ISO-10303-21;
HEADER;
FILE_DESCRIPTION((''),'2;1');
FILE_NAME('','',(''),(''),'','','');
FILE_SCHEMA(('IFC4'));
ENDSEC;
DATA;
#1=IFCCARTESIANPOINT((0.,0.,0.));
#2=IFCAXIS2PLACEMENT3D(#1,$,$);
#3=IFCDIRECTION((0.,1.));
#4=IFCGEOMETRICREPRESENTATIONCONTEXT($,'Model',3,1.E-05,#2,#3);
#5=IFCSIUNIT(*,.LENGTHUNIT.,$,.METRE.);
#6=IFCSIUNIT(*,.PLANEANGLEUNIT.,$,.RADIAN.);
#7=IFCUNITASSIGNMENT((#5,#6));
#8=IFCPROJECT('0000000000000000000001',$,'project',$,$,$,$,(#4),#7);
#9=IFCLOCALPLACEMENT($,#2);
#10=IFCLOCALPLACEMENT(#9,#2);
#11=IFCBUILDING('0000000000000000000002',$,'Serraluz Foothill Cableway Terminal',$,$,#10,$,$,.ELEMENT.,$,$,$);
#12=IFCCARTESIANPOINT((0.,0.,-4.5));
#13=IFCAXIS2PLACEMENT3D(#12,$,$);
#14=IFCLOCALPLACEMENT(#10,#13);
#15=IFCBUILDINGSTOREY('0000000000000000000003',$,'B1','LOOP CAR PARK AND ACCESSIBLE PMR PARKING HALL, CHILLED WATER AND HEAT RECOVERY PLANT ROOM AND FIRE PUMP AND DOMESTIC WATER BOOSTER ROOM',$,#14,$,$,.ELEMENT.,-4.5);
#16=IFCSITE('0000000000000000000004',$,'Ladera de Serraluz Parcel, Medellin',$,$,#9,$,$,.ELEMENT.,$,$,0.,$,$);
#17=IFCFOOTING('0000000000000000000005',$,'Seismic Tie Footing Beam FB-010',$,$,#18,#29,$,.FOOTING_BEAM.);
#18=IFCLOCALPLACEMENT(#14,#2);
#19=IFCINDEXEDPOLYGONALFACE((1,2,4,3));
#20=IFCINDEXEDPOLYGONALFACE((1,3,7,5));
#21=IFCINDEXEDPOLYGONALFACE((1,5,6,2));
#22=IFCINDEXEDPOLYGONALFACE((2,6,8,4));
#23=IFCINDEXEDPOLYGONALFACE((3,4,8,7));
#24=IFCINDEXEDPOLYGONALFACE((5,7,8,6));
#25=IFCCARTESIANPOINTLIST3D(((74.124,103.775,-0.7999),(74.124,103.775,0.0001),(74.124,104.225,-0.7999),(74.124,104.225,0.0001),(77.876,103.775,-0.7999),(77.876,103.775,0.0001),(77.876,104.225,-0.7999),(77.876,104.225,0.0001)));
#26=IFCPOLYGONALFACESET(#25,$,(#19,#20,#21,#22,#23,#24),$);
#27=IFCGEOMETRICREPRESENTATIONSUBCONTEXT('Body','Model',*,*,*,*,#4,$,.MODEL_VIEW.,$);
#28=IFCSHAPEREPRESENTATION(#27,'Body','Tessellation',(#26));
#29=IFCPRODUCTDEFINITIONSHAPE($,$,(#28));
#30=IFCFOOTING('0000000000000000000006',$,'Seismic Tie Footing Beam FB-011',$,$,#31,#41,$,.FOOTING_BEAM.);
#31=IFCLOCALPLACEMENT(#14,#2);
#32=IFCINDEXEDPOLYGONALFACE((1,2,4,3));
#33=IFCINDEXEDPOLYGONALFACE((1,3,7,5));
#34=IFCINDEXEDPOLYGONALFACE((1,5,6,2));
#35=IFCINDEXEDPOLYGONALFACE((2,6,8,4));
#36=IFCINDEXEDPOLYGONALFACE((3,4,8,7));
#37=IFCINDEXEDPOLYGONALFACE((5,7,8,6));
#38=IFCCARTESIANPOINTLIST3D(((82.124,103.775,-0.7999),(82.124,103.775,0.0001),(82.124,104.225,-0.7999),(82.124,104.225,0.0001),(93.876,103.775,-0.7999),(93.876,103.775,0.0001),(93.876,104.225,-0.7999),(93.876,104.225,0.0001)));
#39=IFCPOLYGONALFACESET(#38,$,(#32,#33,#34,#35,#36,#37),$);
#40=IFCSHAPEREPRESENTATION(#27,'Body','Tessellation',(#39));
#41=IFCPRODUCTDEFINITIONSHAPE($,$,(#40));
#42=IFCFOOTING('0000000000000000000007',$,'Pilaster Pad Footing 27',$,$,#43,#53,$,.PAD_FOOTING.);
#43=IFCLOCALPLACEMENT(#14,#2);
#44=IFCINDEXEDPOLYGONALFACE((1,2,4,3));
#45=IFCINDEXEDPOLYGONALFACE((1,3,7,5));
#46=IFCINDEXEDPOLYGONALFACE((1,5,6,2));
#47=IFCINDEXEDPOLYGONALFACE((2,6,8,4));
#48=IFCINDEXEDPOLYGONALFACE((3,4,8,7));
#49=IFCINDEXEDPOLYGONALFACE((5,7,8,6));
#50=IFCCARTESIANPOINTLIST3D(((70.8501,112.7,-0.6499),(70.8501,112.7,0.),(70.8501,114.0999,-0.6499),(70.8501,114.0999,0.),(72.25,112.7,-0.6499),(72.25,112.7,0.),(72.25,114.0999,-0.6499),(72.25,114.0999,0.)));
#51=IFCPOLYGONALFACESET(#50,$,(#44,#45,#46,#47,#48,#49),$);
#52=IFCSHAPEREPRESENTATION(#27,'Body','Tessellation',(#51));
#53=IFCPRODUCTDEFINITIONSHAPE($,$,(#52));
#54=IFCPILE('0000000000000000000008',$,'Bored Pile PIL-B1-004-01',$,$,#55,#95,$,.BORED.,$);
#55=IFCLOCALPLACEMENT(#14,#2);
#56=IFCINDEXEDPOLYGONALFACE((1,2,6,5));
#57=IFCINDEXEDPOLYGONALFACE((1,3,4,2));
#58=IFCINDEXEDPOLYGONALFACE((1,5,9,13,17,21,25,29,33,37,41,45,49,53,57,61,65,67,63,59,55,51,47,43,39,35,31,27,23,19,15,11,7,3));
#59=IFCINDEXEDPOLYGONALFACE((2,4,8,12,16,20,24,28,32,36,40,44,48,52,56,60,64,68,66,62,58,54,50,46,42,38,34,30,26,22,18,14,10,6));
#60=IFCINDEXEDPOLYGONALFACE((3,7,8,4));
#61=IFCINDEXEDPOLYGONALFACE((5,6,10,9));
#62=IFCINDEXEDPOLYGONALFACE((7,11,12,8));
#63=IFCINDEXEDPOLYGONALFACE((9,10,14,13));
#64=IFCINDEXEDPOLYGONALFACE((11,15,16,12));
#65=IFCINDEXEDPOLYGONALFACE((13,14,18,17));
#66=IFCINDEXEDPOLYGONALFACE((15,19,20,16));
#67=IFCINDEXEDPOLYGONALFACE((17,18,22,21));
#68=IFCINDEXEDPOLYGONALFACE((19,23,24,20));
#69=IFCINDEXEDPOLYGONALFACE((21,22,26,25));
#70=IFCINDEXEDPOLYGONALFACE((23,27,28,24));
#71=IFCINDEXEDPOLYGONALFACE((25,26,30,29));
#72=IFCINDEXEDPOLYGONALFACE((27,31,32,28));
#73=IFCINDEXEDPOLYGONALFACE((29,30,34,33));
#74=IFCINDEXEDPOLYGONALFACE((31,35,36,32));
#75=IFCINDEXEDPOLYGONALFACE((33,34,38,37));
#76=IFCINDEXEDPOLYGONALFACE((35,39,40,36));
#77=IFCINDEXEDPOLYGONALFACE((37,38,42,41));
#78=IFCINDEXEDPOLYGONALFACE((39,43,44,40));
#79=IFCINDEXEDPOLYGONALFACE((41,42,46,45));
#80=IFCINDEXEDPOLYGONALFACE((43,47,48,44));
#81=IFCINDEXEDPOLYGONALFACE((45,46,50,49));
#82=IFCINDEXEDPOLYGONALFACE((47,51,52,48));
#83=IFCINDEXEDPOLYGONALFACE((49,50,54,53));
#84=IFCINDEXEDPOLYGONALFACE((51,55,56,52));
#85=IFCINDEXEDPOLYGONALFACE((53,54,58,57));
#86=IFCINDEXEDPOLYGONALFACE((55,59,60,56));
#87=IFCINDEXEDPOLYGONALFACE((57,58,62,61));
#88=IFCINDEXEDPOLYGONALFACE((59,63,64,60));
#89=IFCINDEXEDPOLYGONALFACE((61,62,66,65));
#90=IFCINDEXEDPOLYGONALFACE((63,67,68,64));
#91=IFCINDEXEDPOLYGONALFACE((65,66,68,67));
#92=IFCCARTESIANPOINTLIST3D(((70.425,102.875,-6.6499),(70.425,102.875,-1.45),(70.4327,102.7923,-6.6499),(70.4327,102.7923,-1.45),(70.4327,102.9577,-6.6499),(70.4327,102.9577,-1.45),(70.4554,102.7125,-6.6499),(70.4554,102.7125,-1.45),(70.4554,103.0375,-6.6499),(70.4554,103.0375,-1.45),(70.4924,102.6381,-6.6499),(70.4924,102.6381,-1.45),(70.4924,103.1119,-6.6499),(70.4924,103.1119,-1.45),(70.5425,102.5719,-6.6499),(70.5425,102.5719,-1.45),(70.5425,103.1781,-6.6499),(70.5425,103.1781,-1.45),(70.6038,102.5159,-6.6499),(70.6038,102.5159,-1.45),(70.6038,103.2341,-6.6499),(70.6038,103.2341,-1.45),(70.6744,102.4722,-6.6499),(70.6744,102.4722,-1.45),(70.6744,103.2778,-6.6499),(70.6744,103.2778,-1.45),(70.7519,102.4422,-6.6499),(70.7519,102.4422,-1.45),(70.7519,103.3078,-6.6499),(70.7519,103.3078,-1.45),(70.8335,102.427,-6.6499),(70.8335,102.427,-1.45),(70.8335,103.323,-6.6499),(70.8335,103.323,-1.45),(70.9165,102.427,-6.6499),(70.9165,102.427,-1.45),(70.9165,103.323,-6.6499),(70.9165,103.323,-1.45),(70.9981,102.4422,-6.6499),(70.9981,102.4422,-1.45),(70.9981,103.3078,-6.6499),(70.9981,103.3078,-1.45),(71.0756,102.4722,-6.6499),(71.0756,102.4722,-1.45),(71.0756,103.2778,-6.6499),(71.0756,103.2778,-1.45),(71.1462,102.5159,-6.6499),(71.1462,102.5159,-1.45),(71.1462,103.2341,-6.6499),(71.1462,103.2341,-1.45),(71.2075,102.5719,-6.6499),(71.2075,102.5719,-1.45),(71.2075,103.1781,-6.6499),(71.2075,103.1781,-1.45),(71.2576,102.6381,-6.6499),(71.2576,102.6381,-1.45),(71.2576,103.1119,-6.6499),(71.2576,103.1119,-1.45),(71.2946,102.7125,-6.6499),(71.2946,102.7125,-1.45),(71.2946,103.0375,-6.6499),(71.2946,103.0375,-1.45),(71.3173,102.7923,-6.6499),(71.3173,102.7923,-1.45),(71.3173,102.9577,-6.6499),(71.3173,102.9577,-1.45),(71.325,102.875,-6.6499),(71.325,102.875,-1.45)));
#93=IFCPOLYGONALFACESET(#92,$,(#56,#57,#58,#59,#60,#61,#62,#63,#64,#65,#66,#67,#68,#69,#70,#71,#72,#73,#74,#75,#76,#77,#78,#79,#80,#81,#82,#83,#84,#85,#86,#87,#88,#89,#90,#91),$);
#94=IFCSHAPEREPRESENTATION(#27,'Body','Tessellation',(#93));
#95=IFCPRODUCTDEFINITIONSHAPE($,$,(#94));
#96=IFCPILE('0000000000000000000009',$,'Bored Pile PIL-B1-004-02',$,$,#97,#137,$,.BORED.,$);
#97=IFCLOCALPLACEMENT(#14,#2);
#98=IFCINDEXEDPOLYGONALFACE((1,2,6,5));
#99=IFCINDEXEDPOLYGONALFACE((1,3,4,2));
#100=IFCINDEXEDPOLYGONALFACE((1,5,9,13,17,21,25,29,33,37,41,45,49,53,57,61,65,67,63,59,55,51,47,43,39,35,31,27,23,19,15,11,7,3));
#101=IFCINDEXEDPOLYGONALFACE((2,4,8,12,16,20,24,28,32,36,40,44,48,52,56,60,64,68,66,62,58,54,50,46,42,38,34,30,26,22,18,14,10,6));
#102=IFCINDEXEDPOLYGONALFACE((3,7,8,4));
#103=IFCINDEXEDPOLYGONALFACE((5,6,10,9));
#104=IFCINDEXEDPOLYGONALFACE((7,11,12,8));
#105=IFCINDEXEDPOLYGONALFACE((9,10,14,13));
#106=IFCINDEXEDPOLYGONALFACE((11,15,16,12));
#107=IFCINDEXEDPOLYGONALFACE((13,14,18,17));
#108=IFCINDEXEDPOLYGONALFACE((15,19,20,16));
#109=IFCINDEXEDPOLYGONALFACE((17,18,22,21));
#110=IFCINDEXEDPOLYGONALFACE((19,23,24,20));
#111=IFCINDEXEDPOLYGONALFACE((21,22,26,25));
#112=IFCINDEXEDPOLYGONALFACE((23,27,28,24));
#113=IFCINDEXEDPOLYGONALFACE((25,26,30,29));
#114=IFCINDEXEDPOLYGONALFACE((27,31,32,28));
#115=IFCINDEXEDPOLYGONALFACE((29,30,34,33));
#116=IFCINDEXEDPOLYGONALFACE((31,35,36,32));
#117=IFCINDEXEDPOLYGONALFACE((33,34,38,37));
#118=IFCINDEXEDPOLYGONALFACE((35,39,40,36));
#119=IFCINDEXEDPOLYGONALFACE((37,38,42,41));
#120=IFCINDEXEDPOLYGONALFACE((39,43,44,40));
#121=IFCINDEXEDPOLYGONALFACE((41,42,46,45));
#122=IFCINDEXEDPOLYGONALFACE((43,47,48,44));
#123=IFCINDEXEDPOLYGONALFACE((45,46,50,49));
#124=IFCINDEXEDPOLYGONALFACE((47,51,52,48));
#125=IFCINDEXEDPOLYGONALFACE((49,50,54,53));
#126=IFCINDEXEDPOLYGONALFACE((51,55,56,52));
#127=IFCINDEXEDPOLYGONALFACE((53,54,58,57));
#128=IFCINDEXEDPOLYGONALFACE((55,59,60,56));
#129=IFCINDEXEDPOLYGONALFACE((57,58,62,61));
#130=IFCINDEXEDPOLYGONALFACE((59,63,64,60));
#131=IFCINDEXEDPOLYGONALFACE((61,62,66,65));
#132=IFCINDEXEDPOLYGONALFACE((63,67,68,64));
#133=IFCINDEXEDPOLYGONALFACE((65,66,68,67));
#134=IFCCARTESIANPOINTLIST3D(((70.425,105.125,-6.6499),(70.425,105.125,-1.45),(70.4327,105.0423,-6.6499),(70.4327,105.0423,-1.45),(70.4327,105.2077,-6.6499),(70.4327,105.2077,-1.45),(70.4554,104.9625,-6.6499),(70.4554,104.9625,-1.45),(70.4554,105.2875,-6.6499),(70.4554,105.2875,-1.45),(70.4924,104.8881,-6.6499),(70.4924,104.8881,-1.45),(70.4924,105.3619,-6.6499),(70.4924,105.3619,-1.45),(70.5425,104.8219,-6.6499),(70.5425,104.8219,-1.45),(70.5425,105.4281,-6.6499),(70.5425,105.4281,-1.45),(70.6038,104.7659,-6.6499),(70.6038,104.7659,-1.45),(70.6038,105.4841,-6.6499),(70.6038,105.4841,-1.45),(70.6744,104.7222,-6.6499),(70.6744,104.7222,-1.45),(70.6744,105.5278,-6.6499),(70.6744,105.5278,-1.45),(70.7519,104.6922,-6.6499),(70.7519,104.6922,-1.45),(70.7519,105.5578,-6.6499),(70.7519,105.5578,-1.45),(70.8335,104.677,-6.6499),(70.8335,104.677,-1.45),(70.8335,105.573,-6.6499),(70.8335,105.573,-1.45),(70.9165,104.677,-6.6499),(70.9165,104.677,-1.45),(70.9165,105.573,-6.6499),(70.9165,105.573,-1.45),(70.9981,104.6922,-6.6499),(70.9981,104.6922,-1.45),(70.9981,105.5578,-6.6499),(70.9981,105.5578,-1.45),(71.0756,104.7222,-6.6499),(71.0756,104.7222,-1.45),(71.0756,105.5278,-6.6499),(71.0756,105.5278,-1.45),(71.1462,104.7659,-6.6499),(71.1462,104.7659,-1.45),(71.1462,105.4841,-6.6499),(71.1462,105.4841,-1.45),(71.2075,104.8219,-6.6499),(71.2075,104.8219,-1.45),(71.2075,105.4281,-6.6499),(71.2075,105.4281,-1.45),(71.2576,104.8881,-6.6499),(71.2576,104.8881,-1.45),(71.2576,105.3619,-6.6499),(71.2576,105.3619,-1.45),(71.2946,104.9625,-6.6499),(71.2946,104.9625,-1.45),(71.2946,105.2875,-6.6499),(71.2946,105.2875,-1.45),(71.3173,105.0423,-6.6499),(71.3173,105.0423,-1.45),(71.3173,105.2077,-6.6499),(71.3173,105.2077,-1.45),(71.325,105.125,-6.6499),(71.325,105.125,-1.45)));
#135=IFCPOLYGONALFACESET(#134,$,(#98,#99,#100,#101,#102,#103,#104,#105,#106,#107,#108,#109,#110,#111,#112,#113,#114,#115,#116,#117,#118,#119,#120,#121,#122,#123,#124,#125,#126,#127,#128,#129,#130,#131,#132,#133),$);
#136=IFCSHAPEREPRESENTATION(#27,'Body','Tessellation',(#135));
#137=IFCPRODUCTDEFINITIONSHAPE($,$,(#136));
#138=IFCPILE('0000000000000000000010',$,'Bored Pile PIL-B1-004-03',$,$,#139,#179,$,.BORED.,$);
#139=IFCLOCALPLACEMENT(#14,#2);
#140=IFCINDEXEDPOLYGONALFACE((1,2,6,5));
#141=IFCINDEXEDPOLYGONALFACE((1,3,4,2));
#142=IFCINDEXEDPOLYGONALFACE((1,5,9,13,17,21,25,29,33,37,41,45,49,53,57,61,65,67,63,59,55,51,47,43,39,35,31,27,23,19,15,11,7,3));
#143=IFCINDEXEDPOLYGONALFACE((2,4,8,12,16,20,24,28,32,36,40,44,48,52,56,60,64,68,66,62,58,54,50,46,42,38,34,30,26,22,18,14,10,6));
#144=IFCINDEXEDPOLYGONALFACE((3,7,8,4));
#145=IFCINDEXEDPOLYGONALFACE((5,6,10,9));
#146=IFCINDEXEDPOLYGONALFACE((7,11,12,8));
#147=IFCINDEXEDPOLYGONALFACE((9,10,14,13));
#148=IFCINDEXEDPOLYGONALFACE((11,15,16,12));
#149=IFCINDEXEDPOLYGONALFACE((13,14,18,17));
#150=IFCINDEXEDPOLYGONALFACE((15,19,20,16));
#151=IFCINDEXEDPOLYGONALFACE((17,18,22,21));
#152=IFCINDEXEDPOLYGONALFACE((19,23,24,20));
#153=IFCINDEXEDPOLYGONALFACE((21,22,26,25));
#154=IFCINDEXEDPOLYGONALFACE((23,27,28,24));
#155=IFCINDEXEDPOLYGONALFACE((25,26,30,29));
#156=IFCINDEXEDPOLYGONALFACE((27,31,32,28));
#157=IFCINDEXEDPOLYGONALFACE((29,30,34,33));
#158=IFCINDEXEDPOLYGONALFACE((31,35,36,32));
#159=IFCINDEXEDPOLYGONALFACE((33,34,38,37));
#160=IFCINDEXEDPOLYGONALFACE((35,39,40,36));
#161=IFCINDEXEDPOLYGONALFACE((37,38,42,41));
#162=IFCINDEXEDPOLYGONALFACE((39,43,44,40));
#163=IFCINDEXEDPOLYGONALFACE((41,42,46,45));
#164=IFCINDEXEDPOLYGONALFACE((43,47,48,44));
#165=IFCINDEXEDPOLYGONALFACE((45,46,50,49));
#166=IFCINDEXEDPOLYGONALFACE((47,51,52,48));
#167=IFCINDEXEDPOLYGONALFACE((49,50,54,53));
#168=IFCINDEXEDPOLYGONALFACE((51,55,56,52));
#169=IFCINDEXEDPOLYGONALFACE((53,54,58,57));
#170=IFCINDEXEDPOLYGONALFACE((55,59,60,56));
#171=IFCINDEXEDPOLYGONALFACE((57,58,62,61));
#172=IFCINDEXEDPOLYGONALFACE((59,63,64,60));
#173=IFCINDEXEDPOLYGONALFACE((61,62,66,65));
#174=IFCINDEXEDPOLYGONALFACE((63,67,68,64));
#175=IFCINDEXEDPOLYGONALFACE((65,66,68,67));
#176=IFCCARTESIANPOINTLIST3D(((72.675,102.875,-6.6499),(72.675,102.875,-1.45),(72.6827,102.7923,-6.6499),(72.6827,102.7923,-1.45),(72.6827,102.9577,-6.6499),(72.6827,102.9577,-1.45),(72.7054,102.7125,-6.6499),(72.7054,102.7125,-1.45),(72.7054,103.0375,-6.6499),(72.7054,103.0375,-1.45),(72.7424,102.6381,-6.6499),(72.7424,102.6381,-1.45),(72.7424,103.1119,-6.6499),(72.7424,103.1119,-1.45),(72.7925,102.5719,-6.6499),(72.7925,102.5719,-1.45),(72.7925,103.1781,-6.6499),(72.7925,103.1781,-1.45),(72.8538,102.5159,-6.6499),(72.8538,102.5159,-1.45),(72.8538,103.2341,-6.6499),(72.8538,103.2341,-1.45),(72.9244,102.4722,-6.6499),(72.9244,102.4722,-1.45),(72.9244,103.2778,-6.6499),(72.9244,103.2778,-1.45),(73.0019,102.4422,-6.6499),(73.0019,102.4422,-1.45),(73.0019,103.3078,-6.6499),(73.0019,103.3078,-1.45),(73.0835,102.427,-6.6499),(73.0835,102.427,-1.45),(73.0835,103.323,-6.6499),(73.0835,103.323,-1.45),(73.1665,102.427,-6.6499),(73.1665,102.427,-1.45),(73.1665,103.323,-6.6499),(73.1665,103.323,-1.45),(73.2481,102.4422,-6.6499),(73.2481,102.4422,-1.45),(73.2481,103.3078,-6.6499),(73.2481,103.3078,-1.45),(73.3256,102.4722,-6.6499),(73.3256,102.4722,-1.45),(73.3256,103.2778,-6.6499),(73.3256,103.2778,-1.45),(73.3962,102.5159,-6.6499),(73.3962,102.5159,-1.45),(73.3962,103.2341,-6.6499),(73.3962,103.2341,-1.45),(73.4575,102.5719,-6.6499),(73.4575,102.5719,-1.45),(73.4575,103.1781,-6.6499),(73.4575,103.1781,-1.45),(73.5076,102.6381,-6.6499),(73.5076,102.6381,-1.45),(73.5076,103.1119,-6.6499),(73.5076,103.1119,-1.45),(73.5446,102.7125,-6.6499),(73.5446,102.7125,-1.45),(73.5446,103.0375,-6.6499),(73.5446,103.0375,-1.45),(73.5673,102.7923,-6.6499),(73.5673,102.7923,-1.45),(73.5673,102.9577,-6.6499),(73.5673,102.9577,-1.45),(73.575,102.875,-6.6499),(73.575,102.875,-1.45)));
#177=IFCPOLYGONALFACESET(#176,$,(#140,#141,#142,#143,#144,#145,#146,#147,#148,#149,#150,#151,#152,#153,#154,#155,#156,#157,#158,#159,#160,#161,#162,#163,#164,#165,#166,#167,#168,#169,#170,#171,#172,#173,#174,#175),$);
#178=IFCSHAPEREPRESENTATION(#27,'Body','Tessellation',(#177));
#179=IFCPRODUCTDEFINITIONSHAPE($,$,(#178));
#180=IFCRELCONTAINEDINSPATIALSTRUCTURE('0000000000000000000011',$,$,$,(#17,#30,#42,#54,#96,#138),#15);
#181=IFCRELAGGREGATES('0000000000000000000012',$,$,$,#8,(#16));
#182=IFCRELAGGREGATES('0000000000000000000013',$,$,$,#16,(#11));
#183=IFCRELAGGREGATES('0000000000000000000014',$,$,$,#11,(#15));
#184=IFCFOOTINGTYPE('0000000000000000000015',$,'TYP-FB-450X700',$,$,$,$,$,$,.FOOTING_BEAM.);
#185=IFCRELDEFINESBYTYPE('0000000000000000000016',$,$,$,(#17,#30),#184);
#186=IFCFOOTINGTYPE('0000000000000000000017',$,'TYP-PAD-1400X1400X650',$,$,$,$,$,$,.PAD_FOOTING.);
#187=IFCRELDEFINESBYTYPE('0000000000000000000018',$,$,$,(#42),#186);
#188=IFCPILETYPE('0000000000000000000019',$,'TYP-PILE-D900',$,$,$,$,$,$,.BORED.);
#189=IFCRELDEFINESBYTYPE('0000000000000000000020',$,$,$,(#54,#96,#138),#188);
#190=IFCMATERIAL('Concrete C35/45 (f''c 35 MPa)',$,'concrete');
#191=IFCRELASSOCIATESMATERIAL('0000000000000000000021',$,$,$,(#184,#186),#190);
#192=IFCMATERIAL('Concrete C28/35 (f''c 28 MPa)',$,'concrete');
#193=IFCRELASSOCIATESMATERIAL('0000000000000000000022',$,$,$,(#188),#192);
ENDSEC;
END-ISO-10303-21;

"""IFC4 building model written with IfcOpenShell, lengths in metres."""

from ifc_helpers import new_model, si_unit, direction, frame, origin, origin_2d, place, context, subcontext, project, spatial, rectangle, circle, extrude, material, material_profile, profile_set, type_object, element, save


model = new_model("IFC4")

# Units and contexts
model_context = context("Model", 3, precision=1e-05, world=origin(), true_north=direction((0.0, 1.0)))
body_context = subcontext(model_context, "Body", "Model", "MODEL_VIEW")
ifc_project = project(units=[si_unit("LENGTHUNIT", "METRE"), si_unit("PLANEANGLEUNIT", "RADIAN")], contexts=[model_context])

# Site, building, storey
site_placement = place(None, origin())
site = spatial("IfcSite", under=ifc_project, at=site_placement, Name="Ladera de Serraluz Parcel, Medellin", CompositionType="ELEMENT", RefElevation=0.0)
building_placement = place(site_placement, origin())
building = spatial("IfcBuilding", under=site, at=building_placement, Name="Serraluz Foothill Cableway Terminal", CompositionType="ELEMENT")
storey_placement = place(building_placement, frame((0.0, 0.0, -4.5)))
storey = spatial("IfcBuildingStorey", under=building, at=storey_placement, Name="B1", Description="LOOP CAR PARK AND ACCESSIBLE PMR PARKING HALL, CHILLED WATER AND HEAT RECOVERY PLANT ROOM AND FIRE PUMP AND DOMESTIC WATER BOOSTER ROOM", CompositionType="ELEMENT", Elevation=-4.5)

# Footings
ifc_material_1 = material(Name="Concrete C35/45 (f'c 35 MPa)", Category="concrete")
ifc_material_profile_1 = material_profile(ifc_material_1, rectangle(XDim=0.45, YDim=0.8, at=origin_2d()), Name="RC 450x800")
ifc_profile_set_1 = profile_set([ifc_material_profile_1], Name="Concrete C35/45 (f'c 35 MPa)")
footing_type_1 = type_object("IfcFootingType", Name="TYP-FB-450X700", PredefinedType="FOOTING_BEAM", material=ifc_profile_set_1)
footing_1_placement = place(storey_placement, frame((74.124, 104.0, -0.3999), z_axis=(1.0, 0.0, 0.0), x_axis=(0.0, 1.0, 0.0)))
element("IfcFooting", 1, at=footing_1_placement, inside=storey, type_object=footing_type_1, Name="Seismic Tie Footing Beam FB-010", PredefinedType="FOOTING_BEAM", context=body_context, shape_type="SweptSolid", body=[
    extrude(rectangle(XDim=0.45, YDim=0.8, at=origin_2d()), origin(), (0.0, 0.0, 1.0), 3.752),
])
footing_2_placement = place(storey_placement, frame((82.124, 104.0, -0.3999), z_axis=(1.0, 0.0, 0.0), x_axis=(0.0, 1.0, 0.0)))
element("IfcFooting", 2, at=footing_2_placement, inside=storey, type_object=footing_type_1, Name="Seismic Tie Footing Beam FB-011", PredefinedType="FOOTING_BEAM", context=body_context, shape_type="SweptSolid", body=[
    extrude(rectangle(XDim=0.45, YDim=0.8, at=origin_2d()), origin(), (0.0, 0.0, 1.0), 11.752),
])
footing_type_2 = type_object("IfcFootingType", Name="TYP-PAD-1400X1400X650", PredefinedType="PAD_FOOTING", material=ifc_material_1)
footing_3_placement = place(storey_placement, frame((71.55, 113.3999, -0.6499), z_axis=(0.0, 0.0, 1.0), x_axis=(1.0, 0.0, 0.0)))
element("IfcFooting", 3, at=footing_3_placement, inside=storey, type_object=footing_type_2, Name="Pilaster Pad Footing 27", PredefinedType="PAD_FOOTING", context=body_context, shape_type="SweptSolid", body=[
    extrude(rectangle(XDim=1.3999, YDim=1.3999, at=origin_2d()), origin(), (0.0, 0.0, 1.0), 0.6499),
])

# Piles
ifc_material_2 = material(Name="Concrete C28/35 (f'c 28 MPa)", Category="concrete")
ifc_material_profile_2 = material_profile(ifc_material_2, circle(Radius=0.45, at=origin_2d()), Name="BORED PILE D900")
ifc_profile_set_2 = profile_set([ifc_material_profile_2], Name="Concrete C28/35 (f'c 28 MPa)")
pile_type = type_object("IfcPileType", Name="TYP-PILE-D900", PredefinedType="BORED", material=ifc_profile_set_2)
for number, where, z_axis, x_axis, name in (
    (4, (70.875, 102.875, -1.45), (0.0, 0.0, -1.0), (1.0, 0.0, 0.0), "Bored Pile PIL-B1-004-01"),
    (5, (70.875, 105.125, -1.45), (0.0, 0.0, -1.0), (1.0, 0.0, 0.0), "Bored Pile PIL-B1-004-02"),
    (6, (73.125, 102.875, -1.45), (0.0, 0.0, -1.0), (1.0, 0.0, 0.0), "Bored Pile PIL-B1-004-03"),
):
    element("IfcPile", number, at=place(storey_placement, frame(where, z_axis=z_axis, x_axis=x_axis)), inside=storey, type_object=pile_type, Name=name, PredefinedType="BORED", context=body_context, shape_type="SweptSolid", body=[
        extrude(circle(Radius=0.45, at=origin_2d()), origin(), (0.0, 0.0, 1.0), 5.2),
    ])

save(model, "model.ifc")
